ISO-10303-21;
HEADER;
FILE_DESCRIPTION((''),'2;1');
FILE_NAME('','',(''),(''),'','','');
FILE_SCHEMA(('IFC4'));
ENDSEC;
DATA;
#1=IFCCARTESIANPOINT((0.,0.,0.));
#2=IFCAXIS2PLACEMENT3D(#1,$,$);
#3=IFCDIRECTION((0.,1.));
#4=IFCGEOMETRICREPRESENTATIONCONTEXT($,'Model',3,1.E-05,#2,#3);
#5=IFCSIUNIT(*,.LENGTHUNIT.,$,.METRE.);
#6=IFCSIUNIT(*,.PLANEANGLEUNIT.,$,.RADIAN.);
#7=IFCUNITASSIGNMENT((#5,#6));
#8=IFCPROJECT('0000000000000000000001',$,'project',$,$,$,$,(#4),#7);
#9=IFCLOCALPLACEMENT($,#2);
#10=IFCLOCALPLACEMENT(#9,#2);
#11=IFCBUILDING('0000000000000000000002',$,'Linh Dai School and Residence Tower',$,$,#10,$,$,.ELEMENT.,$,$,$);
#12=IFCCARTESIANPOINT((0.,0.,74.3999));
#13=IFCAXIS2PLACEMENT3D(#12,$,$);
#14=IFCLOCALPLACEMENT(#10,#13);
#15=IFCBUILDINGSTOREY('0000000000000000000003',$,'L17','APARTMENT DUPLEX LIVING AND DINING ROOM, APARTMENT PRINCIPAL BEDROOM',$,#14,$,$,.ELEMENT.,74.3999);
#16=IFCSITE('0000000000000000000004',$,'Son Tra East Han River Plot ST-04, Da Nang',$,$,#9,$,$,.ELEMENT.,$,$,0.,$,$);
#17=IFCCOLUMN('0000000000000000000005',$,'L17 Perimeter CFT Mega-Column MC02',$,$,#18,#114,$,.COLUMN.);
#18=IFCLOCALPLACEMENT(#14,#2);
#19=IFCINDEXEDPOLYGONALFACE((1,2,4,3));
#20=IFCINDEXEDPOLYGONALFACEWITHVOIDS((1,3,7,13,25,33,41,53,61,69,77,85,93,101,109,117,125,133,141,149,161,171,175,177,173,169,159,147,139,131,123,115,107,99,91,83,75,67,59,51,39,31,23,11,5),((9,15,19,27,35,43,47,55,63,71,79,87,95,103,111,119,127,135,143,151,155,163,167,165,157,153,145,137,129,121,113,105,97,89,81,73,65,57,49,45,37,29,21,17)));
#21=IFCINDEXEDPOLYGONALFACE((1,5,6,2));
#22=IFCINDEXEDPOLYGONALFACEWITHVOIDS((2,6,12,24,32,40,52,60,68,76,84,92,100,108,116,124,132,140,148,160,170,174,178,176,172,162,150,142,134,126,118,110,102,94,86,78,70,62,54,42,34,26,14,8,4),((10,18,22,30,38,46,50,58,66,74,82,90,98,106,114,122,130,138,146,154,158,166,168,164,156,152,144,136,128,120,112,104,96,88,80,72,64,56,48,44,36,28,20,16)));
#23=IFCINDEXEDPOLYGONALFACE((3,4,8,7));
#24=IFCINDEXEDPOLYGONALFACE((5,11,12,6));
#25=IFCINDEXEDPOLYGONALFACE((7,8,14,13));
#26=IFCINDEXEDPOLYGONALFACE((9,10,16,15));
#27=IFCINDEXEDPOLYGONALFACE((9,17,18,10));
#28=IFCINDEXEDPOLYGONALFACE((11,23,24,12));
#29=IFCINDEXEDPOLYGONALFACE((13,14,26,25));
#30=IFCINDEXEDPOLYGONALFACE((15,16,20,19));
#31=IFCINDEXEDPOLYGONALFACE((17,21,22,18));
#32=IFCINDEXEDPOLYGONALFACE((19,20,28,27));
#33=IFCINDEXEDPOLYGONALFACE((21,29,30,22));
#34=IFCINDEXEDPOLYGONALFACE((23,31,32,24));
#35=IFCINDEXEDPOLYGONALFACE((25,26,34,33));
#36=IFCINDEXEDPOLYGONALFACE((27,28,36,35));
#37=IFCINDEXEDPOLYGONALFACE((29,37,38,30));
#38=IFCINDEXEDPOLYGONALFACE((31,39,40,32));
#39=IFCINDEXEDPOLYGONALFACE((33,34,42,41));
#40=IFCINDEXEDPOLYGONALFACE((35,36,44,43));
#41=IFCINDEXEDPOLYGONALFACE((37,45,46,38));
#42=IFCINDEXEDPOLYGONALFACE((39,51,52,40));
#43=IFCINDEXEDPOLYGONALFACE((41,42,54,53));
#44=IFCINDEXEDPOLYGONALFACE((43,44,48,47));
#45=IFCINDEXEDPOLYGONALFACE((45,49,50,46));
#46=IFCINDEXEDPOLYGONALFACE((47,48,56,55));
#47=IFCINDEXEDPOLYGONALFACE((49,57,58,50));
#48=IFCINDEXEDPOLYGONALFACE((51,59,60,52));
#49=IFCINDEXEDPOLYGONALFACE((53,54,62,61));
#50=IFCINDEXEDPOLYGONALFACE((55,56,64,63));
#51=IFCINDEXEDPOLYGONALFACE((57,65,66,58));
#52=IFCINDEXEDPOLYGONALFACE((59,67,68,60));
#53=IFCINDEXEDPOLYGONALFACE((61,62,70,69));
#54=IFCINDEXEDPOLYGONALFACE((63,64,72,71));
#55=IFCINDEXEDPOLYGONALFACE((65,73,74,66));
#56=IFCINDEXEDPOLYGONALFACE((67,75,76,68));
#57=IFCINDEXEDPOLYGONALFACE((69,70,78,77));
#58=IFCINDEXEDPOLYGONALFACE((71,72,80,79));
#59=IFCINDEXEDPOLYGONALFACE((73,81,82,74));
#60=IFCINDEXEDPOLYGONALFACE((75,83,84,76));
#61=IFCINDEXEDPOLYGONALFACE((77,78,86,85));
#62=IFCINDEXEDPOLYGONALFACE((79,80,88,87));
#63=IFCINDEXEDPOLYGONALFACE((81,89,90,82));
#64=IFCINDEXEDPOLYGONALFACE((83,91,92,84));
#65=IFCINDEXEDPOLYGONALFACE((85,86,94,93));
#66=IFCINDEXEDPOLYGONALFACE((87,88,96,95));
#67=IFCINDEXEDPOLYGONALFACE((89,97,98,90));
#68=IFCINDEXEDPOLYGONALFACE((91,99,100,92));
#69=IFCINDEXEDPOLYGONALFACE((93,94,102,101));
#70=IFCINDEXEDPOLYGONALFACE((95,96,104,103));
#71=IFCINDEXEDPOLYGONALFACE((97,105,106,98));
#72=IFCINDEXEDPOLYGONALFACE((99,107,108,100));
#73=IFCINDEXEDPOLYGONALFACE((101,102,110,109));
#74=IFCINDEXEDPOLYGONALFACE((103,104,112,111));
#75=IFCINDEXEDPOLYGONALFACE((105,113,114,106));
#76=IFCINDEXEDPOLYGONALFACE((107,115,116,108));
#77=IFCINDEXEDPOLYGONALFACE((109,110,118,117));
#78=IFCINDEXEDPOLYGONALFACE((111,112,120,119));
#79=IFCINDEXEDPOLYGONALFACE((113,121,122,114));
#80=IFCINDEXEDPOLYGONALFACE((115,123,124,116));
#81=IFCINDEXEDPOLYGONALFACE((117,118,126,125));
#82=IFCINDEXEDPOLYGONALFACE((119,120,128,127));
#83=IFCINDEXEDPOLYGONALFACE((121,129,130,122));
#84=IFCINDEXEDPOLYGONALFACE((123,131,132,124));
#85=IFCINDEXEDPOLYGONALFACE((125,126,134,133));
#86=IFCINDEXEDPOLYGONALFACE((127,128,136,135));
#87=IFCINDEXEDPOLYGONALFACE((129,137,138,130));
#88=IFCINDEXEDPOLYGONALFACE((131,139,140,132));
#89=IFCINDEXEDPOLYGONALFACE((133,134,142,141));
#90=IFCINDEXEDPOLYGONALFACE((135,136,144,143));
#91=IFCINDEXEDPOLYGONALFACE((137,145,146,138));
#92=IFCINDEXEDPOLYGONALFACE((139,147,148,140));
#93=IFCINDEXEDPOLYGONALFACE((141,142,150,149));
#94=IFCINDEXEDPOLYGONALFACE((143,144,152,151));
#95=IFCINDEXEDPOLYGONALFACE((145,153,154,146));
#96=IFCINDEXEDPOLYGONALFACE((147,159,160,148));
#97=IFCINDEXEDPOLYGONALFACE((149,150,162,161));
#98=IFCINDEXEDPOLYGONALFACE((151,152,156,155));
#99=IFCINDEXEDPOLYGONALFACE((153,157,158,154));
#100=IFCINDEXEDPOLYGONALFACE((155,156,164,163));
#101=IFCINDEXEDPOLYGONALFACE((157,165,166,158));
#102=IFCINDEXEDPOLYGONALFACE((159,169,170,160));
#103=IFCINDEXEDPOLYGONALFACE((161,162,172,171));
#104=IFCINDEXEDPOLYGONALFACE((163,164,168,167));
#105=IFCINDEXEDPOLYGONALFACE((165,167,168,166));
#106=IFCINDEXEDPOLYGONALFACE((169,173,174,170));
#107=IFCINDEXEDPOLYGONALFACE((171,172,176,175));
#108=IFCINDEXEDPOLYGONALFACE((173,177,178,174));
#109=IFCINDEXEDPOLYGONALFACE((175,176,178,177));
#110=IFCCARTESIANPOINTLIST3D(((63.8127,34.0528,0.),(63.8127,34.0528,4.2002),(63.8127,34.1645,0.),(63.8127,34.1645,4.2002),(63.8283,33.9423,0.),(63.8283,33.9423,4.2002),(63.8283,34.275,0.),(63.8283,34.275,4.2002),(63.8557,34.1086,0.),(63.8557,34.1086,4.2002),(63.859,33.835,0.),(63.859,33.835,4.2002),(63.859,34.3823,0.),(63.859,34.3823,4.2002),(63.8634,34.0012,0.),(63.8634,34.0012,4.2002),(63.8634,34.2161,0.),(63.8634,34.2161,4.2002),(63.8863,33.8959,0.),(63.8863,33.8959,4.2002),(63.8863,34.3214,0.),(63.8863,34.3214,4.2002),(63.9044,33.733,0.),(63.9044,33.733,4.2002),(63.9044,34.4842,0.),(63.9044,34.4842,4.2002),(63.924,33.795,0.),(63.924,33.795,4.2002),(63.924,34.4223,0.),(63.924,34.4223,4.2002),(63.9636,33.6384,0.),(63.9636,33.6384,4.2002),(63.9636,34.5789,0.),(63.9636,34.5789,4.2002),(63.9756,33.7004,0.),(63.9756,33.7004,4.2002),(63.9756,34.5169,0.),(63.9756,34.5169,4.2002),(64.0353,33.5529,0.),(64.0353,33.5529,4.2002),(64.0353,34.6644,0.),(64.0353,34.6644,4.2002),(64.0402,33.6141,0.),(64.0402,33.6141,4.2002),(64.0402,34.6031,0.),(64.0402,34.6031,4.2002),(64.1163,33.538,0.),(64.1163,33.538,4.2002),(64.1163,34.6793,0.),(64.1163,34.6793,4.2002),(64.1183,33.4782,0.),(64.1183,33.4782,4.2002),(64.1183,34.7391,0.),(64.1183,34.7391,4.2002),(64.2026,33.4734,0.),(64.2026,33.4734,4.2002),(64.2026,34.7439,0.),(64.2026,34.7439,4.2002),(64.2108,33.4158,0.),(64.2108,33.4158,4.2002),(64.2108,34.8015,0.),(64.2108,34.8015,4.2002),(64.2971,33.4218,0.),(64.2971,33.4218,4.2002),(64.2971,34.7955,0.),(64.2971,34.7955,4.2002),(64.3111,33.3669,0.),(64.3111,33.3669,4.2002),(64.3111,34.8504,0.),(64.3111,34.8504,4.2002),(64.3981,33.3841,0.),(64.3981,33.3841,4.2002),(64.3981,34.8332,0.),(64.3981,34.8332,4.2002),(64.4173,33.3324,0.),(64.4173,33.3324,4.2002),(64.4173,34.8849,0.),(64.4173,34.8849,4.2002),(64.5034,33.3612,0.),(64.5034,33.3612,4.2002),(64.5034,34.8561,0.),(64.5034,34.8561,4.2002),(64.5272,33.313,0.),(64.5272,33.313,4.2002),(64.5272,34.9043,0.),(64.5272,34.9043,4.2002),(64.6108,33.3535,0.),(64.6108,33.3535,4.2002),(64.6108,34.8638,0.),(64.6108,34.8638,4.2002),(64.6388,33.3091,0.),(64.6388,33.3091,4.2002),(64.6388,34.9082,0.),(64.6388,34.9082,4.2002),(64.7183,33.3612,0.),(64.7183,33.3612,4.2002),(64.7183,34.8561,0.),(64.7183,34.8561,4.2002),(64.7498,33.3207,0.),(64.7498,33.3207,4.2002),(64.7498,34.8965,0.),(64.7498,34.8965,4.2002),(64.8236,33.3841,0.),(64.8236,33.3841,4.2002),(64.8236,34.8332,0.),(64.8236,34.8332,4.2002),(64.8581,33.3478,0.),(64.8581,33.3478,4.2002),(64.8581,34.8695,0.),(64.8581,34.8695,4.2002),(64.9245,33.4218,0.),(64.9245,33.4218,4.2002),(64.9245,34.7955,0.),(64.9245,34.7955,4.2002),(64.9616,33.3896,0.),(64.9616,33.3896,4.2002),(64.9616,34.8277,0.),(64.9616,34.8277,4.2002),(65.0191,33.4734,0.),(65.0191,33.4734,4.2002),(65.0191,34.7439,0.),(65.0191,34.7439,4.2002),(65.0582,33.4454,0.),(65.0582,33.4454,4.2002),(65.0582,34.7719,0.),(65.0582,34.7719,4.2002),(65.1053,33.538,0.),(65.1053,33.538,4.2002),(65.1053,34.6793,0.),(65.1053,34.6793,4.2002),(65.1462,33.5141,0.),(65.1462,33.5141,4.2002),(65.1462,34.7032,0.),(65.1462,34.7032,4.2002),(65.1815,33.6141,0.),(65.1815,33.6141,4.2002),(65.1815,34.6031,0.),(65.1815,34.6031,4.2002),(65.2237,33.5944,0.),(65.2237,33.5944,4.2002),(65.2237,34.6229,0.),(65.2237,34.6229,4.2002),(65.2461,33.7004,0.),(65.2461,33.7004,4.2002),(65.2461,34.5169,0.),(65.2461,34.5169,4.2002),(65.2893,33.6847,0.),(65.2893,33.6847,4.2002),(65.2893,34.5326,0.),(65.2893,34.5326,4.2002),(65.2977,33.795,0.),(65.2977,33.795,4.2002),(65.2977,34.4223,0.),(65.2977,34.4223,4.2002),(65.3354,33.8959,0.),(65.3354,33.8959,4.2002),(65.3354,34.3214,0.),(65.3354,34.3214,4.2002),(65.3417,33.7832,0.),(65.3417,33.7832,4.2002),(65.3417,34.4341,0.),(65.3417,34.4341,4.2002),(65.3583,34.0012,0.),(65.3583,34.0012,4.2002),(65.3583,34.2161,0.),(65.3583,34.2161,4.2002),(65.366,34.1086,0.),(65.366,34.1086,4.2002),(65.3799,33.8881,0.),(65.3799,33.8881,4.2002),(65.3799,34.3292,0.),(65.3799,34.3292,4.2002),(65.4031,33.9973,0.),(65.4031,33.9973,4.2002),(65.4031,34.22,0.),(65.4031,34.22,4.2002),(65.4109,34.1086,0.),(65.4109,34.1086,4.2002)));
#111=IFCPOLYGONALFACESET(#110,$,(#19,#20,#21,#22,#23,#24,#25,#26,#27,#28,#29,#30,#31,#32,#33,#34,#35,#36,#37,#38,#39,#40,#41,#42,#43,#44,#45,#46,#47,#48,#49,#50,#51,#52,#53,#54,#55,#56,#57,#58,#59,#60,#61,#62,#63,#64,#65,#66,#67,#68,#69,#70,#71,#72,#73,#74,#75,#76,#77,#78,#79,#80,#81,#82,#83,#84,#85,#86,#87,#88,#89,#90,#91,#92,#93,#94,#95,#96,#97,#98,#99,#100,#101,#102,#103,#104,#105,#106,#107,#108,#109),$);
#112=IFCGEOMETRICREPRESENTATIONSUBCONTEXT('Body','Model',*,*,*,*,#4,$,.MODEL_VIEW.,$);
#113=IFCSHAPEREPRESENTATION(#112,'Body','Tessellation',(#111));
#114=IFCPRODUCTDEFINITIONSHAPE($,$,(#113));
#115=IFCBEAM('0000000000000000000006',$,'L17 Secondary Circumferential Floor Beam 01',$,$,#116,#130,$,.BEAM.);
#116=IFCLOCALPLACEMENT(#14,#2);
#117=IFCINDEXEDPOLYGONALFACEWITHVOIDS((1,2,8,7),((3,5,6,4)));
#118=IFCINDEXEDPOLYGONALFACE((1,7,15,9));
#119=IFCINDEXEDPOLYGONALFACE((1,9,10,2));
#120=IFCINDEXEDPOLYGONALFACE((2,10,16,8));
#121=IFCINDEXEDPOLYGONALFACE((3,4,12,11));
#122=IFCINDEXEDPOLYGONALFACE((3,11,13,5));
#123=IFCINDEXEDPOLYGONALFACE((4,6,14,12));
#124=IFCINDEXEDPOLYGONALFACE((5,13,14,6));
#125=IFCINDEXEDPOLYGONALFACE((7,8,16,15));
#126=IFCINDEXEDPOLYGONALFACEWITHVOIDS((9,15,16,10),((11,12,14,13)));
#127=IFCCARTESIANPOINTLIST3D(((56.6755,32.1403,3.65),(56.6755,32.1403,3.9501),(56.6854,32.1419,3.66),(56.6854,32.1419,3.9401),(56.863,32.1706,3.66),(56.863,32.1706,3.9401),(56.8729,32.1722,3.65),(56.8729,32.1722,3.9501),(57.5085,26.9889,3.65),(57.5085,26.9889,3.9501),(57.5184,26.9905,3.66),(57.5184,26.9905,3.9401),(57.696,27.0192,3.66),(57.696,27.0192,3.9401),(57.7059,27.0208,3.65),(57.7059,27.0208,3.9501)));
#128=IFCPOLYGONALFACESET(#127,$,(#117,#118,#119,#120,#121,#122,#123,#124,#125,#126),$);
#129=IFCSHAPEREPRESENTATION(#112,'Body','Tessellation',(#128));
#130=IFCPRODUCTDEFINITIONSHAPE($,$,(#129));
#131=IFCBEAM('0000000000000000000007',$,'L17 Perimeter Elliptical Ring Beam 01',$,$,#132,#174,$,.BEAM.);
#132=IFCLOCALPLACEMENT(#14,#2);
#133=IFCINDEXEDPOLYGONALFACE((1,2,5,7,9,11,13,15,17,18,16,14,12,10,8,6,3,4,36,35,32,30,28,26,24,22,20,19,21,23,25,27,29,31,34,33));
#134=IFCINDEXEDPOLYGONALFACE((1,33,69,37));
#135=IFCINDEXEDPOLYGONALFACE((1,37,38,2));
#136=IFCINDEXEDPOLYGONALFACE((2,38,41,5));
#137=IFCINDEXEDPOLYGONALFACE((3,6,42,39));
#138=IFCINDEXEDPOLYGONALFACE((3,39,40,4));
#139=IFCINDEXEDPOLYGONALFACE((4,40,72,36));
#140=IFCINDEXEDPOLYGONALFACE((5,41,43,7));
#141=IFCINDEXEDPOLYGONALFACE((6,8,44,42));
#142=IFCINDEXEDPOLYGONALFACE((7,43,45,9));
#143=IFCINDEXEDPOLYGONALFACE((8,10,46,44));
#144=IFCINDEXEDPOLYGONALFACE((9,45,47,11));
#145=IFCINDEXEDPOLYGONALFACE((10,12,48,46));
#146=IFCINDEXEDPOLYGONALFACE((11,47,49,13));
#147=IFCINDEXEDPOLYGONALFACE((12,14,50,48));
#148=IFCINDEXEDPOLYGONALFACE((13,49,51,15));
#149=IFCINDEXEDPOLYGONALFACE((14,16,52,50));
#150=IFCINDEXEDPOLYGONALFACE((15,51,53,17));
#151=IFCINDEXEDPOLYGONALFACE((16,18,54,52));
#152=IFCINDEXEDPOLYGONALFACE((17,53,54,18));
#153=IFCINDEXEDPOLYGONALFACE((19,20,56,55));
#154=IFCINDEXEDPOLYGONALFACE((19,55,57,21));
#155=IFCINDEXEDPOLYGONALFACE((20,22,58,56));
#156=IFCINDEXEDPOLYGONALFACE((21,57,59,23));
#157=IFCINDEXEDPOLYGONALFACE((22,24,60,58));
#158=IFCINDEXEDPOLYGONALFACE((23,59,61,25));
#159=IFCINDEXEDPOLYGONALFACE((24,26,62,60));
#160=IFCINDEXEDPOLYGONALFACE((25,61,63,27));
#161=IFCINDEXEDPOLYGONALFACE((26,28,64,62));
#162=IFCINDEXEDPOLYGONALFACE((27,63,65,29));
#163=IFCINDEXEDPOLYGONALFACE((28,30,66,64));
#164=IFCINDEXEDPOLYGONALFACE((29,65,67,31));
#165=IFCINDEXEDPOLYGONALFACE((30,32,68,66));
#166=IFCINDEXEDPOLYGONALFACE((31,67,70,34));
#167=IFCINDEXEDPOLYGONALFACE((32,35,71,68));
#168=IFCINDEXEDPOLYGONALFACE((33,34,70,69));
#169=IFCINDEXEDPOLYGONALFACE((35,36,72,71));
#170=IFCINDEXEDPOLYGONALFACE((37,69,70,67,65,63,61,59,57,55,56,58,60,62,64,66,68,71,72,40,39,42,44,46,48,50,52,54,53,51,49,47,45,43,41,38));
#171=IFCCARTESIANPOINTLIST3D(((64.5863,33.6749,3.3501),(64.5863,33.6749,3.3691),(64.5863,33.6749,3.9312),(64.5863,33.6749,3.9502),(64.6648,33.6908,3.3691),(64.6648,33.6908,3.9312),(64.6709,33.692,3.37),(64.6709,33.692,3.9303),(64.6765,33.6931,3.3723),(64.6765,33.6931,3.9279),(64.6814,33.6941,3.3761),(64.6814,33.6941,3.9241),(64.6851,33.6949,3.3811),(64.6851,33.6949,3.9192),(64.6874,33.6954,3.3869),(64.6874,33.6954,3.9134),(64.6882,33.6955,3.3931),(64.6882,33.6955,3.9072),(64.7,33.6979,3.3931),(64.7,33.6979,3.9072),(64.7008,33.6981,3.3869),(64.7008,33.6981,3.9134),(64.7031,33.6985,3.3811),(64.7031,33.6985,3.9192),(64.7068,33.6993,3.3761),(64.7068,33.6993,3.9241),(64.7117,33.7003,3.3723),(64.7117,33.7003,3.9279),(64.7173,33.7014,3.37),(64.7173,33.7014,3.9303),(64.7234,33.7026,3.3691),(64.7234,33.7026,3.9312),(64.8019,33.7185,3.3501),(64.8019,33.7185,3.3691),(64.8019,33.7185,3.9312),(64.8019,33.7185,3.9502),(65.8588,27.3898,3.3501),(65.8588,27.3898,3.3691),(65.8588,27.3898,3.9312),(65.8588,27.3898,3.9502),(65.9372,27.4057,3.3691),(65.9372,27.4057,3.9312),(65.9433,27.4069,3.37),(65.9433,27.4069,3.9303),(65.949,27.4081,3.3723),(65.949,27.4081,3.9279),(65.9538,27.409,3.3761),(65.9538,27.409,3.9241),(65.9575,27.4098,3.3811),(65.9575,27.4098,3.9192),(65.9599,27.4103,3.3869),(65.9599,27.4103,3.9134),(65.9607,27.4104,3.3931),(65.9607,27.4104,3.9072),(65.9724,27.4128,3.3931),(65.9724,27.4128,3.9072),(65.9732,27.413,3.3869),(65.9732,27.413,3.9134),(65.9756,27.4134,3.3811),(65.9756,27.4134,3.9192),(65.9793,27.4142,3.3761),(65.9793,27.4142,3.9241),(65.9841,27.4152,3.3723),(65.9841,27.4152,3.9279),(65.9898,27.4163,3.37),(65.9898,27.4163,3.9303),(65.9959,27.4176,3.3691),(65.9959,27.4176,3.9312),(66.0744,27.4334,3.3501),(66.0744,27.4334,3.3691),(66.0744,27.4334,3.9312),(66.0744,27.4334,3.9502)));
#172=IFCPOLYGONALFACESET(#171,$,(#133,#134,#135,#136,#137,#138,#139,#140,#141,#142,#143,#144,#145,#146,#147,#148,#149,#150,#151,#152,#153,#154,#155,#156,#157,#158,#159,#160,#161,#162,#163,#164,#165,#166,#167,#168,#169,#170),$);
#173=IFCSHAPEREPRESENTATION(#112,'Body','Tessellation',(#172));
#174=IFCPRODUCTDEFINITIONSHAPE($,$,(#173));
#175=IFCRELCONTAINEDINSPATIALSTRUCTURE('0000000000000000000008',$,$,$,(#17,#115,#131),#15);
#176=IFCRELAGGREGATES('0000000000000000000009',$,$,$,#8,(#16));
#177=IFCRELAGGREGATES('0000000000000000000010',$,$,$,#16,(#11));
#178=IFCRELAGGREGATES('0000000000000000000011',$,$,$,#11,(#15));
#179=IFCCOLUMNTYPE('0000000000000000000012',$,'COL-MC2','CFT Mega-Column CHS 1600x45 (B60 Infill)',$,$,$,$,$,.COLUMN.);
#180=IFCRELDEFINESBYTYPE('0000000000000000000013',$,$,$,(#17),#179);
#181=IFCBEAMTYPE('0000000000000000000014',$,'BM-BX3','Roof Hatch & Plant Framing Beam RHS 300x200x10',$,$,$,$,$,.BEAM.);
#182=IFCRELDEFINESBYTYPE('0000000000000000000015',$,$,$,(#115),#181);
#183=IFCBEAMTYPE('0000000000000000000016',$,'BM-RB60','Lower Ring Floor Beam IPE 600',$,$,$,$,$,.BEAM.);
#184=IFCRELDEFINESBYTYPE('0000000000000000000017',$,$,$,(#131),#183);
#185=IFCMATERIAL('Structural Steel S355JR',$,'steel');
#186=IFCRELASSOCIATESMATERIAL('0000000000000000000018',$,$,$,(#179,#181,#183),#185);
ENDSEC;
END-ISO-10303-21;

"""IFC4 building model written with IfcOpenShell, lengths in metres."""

from ifc_helpers import new_model, si_unit, direction, frame, origin, origin_2d, place, context, subcontext, project, spatial, hollow_rectangle, hollow_circle, i_section, extrude, material, material_profile, profile_set, type_object, element, save


model = new_model("IFC4")

# Units and contexts
model_context = context("Model", 3, precision=1e-05, world=origin(), true_north=direction((0.0, 1.0)))
body_context = subcontext(model_context, "Body", "Model", "MODEL_VIEW")
ifc_project = project(units=[si_unit("LENGTHUNIT", "METRE"), si_unit("PLANEANGLEUNIT", "RADIAN")], contexts=[model_context])

# Site, building, storey
site_placement = place(None, origin())
site = spatial("IfcSite", under=ifc_project, at=site_placement, Name="Son Tra East Han River Plot ST-04, Da Nang", CompositionType="ELEMENT", RefElevation=0.0)
building_placement = place(site_placement, origin())
building = spatial("IfcBuilding", under=site, at=building_placement, Name="Linh Dai School and Residence Tower", CompositionType="ELEMENT")
storey_placement = place(building_placement, frame((0.0, 0.0, 74.3999)))
storey = spatial("IfcBuildingStorey", under=building, at=storey_placement, Name="L17", Description="APARTMENT DUPLEX LIVING AND DINING ROOM, APARTMENT PRINCIPAL BEDROOM", CompositionType="ELEMENT", Elevation=74.3999)

# Column
ifc_material_1 = material(Name="Structural Steel S355JR", Category="steel")
ifc_material_profile_1 = material_profile(ifc_material_1, hollow_circle(Radius=0.8, WallThickness=0.0449, at=origin_2d()), Name="CHS 1600x45")
ifc_profile_set_1 = profile_set([ifc_material_profile_1], Name="Structural Steel S355JR")
column_type = type_object("IfcColumnType", Name="COL-MC2", Description="CFT Mega-Column CHS 1600x45 (B60 Infill)", PredefinedType="COLUMN", material=ifc_profile_set_1)
for number, where, z_axis, x_axis, name in (
    (1, (64.6108, 34.1086, 0.0), (0.0, 0.0, 1.0), (1.0, 0.0, 0.0), "L17 Perimeter CFT Mega-Column MC02"),
):
    element("IfcColumn", number, at=place(storey_placement, frame(where, z_axis=z_axis, x_axis=x_axis)), inside=storey, type_object=column_type, Name=name, PredefinedType="COLUMN", context=body_context, shape_type="SweptSolid", body=[
        extrude(hollow_circle(Radius=0.8, WallThickness=0.0449, at=origin_2d()), origin(), (0.0, 0.0, 1.0), 4.2002),
    ])

# Beams
ifc_material_profile_2 = material_profile(ifc_material_1, hollow_rectangle(XDim=0.2, YDim=0.3, WallThickness=0.01, at=origin_2d()), Name="RHS 300x200x10")
ifc_profile_set_2 = profile_set([ifc_material_profile_2], Name="Structural Steel S355JR")
beam_type_1 = type_object("IfcBeamType", Name="BM-BX3", Description="Roof Hatch & Plant Framing Beam RHS 300x200x10", PredefinedType="BEAM", material=ifc_profile_set_2)
beam_1_placement = place(storey_placement, frame((57.6072, 27.0049, 3.8), z_axis=(-0.159633, 0.987177, 0.0), x_axis=(-0.987177, -0.159633, 0.0)))
element("IfcBeam", 2, at=beam_1_placement, inside=storey, type_object=beam_type_1, Name="L17 Secondary Circumferential Floor Beam 01", PredefinedType="BEAM", context=body_context, shape_type="SweptSolid", body=[
    extrude(hollow_rectangle(XDim=0.2, YDim=0.3, WallThickness=0.01, at=origin_2d()), origin(), (0.0, 0.0, 1.0), 5.2183),
])
ifc_material_profile_3 = material_profile(ifc_material_1, i_section(OverallWidth=0.22, OverallDepth=0.6001, WebThickness=0.012, FlangeThickness=0.019, FilletRadius=0.0239, at=origin_2d()), Name="IPE 600")
ifc_profile_set_3 = profile_set([ifc_material_profile_3], Name="Structural Steel S355JR")
beam_type_2 = type_object("IfcBeamType", Name="BM-RB60", Description="Lower Ring Floor Beam IPE 600", PredefinedType="BEAM", material=ifc_profile_set_3)
beam_2_placement = place(storey_placement, frame((65.9666, 27.4116, 3.6501), z_axis=(-0.198429, 0.980115, 0.0), x_axis=(-0.980115, -0.198429, 0.0)))
element("IfcBeam", 3, at=beam_2_placement, inside=storey, type_object=beam_type_2, Name="L17 Perimeter Elliptical Ring Beam 01", PredefinedType="BEAM", context=body_context, shape_type="SweptSolid", body=[
    extrude(i_section(OverallWidth=0.22, OverallDepth=0.6001, WebThickness=0.012, FlangeThickness=0.019, FilletRadius=0.0239, at=origin_2d()), origin(), (0.0, 0.0, 1.0), 6.4126),
])

save(model, "model.ifc")
